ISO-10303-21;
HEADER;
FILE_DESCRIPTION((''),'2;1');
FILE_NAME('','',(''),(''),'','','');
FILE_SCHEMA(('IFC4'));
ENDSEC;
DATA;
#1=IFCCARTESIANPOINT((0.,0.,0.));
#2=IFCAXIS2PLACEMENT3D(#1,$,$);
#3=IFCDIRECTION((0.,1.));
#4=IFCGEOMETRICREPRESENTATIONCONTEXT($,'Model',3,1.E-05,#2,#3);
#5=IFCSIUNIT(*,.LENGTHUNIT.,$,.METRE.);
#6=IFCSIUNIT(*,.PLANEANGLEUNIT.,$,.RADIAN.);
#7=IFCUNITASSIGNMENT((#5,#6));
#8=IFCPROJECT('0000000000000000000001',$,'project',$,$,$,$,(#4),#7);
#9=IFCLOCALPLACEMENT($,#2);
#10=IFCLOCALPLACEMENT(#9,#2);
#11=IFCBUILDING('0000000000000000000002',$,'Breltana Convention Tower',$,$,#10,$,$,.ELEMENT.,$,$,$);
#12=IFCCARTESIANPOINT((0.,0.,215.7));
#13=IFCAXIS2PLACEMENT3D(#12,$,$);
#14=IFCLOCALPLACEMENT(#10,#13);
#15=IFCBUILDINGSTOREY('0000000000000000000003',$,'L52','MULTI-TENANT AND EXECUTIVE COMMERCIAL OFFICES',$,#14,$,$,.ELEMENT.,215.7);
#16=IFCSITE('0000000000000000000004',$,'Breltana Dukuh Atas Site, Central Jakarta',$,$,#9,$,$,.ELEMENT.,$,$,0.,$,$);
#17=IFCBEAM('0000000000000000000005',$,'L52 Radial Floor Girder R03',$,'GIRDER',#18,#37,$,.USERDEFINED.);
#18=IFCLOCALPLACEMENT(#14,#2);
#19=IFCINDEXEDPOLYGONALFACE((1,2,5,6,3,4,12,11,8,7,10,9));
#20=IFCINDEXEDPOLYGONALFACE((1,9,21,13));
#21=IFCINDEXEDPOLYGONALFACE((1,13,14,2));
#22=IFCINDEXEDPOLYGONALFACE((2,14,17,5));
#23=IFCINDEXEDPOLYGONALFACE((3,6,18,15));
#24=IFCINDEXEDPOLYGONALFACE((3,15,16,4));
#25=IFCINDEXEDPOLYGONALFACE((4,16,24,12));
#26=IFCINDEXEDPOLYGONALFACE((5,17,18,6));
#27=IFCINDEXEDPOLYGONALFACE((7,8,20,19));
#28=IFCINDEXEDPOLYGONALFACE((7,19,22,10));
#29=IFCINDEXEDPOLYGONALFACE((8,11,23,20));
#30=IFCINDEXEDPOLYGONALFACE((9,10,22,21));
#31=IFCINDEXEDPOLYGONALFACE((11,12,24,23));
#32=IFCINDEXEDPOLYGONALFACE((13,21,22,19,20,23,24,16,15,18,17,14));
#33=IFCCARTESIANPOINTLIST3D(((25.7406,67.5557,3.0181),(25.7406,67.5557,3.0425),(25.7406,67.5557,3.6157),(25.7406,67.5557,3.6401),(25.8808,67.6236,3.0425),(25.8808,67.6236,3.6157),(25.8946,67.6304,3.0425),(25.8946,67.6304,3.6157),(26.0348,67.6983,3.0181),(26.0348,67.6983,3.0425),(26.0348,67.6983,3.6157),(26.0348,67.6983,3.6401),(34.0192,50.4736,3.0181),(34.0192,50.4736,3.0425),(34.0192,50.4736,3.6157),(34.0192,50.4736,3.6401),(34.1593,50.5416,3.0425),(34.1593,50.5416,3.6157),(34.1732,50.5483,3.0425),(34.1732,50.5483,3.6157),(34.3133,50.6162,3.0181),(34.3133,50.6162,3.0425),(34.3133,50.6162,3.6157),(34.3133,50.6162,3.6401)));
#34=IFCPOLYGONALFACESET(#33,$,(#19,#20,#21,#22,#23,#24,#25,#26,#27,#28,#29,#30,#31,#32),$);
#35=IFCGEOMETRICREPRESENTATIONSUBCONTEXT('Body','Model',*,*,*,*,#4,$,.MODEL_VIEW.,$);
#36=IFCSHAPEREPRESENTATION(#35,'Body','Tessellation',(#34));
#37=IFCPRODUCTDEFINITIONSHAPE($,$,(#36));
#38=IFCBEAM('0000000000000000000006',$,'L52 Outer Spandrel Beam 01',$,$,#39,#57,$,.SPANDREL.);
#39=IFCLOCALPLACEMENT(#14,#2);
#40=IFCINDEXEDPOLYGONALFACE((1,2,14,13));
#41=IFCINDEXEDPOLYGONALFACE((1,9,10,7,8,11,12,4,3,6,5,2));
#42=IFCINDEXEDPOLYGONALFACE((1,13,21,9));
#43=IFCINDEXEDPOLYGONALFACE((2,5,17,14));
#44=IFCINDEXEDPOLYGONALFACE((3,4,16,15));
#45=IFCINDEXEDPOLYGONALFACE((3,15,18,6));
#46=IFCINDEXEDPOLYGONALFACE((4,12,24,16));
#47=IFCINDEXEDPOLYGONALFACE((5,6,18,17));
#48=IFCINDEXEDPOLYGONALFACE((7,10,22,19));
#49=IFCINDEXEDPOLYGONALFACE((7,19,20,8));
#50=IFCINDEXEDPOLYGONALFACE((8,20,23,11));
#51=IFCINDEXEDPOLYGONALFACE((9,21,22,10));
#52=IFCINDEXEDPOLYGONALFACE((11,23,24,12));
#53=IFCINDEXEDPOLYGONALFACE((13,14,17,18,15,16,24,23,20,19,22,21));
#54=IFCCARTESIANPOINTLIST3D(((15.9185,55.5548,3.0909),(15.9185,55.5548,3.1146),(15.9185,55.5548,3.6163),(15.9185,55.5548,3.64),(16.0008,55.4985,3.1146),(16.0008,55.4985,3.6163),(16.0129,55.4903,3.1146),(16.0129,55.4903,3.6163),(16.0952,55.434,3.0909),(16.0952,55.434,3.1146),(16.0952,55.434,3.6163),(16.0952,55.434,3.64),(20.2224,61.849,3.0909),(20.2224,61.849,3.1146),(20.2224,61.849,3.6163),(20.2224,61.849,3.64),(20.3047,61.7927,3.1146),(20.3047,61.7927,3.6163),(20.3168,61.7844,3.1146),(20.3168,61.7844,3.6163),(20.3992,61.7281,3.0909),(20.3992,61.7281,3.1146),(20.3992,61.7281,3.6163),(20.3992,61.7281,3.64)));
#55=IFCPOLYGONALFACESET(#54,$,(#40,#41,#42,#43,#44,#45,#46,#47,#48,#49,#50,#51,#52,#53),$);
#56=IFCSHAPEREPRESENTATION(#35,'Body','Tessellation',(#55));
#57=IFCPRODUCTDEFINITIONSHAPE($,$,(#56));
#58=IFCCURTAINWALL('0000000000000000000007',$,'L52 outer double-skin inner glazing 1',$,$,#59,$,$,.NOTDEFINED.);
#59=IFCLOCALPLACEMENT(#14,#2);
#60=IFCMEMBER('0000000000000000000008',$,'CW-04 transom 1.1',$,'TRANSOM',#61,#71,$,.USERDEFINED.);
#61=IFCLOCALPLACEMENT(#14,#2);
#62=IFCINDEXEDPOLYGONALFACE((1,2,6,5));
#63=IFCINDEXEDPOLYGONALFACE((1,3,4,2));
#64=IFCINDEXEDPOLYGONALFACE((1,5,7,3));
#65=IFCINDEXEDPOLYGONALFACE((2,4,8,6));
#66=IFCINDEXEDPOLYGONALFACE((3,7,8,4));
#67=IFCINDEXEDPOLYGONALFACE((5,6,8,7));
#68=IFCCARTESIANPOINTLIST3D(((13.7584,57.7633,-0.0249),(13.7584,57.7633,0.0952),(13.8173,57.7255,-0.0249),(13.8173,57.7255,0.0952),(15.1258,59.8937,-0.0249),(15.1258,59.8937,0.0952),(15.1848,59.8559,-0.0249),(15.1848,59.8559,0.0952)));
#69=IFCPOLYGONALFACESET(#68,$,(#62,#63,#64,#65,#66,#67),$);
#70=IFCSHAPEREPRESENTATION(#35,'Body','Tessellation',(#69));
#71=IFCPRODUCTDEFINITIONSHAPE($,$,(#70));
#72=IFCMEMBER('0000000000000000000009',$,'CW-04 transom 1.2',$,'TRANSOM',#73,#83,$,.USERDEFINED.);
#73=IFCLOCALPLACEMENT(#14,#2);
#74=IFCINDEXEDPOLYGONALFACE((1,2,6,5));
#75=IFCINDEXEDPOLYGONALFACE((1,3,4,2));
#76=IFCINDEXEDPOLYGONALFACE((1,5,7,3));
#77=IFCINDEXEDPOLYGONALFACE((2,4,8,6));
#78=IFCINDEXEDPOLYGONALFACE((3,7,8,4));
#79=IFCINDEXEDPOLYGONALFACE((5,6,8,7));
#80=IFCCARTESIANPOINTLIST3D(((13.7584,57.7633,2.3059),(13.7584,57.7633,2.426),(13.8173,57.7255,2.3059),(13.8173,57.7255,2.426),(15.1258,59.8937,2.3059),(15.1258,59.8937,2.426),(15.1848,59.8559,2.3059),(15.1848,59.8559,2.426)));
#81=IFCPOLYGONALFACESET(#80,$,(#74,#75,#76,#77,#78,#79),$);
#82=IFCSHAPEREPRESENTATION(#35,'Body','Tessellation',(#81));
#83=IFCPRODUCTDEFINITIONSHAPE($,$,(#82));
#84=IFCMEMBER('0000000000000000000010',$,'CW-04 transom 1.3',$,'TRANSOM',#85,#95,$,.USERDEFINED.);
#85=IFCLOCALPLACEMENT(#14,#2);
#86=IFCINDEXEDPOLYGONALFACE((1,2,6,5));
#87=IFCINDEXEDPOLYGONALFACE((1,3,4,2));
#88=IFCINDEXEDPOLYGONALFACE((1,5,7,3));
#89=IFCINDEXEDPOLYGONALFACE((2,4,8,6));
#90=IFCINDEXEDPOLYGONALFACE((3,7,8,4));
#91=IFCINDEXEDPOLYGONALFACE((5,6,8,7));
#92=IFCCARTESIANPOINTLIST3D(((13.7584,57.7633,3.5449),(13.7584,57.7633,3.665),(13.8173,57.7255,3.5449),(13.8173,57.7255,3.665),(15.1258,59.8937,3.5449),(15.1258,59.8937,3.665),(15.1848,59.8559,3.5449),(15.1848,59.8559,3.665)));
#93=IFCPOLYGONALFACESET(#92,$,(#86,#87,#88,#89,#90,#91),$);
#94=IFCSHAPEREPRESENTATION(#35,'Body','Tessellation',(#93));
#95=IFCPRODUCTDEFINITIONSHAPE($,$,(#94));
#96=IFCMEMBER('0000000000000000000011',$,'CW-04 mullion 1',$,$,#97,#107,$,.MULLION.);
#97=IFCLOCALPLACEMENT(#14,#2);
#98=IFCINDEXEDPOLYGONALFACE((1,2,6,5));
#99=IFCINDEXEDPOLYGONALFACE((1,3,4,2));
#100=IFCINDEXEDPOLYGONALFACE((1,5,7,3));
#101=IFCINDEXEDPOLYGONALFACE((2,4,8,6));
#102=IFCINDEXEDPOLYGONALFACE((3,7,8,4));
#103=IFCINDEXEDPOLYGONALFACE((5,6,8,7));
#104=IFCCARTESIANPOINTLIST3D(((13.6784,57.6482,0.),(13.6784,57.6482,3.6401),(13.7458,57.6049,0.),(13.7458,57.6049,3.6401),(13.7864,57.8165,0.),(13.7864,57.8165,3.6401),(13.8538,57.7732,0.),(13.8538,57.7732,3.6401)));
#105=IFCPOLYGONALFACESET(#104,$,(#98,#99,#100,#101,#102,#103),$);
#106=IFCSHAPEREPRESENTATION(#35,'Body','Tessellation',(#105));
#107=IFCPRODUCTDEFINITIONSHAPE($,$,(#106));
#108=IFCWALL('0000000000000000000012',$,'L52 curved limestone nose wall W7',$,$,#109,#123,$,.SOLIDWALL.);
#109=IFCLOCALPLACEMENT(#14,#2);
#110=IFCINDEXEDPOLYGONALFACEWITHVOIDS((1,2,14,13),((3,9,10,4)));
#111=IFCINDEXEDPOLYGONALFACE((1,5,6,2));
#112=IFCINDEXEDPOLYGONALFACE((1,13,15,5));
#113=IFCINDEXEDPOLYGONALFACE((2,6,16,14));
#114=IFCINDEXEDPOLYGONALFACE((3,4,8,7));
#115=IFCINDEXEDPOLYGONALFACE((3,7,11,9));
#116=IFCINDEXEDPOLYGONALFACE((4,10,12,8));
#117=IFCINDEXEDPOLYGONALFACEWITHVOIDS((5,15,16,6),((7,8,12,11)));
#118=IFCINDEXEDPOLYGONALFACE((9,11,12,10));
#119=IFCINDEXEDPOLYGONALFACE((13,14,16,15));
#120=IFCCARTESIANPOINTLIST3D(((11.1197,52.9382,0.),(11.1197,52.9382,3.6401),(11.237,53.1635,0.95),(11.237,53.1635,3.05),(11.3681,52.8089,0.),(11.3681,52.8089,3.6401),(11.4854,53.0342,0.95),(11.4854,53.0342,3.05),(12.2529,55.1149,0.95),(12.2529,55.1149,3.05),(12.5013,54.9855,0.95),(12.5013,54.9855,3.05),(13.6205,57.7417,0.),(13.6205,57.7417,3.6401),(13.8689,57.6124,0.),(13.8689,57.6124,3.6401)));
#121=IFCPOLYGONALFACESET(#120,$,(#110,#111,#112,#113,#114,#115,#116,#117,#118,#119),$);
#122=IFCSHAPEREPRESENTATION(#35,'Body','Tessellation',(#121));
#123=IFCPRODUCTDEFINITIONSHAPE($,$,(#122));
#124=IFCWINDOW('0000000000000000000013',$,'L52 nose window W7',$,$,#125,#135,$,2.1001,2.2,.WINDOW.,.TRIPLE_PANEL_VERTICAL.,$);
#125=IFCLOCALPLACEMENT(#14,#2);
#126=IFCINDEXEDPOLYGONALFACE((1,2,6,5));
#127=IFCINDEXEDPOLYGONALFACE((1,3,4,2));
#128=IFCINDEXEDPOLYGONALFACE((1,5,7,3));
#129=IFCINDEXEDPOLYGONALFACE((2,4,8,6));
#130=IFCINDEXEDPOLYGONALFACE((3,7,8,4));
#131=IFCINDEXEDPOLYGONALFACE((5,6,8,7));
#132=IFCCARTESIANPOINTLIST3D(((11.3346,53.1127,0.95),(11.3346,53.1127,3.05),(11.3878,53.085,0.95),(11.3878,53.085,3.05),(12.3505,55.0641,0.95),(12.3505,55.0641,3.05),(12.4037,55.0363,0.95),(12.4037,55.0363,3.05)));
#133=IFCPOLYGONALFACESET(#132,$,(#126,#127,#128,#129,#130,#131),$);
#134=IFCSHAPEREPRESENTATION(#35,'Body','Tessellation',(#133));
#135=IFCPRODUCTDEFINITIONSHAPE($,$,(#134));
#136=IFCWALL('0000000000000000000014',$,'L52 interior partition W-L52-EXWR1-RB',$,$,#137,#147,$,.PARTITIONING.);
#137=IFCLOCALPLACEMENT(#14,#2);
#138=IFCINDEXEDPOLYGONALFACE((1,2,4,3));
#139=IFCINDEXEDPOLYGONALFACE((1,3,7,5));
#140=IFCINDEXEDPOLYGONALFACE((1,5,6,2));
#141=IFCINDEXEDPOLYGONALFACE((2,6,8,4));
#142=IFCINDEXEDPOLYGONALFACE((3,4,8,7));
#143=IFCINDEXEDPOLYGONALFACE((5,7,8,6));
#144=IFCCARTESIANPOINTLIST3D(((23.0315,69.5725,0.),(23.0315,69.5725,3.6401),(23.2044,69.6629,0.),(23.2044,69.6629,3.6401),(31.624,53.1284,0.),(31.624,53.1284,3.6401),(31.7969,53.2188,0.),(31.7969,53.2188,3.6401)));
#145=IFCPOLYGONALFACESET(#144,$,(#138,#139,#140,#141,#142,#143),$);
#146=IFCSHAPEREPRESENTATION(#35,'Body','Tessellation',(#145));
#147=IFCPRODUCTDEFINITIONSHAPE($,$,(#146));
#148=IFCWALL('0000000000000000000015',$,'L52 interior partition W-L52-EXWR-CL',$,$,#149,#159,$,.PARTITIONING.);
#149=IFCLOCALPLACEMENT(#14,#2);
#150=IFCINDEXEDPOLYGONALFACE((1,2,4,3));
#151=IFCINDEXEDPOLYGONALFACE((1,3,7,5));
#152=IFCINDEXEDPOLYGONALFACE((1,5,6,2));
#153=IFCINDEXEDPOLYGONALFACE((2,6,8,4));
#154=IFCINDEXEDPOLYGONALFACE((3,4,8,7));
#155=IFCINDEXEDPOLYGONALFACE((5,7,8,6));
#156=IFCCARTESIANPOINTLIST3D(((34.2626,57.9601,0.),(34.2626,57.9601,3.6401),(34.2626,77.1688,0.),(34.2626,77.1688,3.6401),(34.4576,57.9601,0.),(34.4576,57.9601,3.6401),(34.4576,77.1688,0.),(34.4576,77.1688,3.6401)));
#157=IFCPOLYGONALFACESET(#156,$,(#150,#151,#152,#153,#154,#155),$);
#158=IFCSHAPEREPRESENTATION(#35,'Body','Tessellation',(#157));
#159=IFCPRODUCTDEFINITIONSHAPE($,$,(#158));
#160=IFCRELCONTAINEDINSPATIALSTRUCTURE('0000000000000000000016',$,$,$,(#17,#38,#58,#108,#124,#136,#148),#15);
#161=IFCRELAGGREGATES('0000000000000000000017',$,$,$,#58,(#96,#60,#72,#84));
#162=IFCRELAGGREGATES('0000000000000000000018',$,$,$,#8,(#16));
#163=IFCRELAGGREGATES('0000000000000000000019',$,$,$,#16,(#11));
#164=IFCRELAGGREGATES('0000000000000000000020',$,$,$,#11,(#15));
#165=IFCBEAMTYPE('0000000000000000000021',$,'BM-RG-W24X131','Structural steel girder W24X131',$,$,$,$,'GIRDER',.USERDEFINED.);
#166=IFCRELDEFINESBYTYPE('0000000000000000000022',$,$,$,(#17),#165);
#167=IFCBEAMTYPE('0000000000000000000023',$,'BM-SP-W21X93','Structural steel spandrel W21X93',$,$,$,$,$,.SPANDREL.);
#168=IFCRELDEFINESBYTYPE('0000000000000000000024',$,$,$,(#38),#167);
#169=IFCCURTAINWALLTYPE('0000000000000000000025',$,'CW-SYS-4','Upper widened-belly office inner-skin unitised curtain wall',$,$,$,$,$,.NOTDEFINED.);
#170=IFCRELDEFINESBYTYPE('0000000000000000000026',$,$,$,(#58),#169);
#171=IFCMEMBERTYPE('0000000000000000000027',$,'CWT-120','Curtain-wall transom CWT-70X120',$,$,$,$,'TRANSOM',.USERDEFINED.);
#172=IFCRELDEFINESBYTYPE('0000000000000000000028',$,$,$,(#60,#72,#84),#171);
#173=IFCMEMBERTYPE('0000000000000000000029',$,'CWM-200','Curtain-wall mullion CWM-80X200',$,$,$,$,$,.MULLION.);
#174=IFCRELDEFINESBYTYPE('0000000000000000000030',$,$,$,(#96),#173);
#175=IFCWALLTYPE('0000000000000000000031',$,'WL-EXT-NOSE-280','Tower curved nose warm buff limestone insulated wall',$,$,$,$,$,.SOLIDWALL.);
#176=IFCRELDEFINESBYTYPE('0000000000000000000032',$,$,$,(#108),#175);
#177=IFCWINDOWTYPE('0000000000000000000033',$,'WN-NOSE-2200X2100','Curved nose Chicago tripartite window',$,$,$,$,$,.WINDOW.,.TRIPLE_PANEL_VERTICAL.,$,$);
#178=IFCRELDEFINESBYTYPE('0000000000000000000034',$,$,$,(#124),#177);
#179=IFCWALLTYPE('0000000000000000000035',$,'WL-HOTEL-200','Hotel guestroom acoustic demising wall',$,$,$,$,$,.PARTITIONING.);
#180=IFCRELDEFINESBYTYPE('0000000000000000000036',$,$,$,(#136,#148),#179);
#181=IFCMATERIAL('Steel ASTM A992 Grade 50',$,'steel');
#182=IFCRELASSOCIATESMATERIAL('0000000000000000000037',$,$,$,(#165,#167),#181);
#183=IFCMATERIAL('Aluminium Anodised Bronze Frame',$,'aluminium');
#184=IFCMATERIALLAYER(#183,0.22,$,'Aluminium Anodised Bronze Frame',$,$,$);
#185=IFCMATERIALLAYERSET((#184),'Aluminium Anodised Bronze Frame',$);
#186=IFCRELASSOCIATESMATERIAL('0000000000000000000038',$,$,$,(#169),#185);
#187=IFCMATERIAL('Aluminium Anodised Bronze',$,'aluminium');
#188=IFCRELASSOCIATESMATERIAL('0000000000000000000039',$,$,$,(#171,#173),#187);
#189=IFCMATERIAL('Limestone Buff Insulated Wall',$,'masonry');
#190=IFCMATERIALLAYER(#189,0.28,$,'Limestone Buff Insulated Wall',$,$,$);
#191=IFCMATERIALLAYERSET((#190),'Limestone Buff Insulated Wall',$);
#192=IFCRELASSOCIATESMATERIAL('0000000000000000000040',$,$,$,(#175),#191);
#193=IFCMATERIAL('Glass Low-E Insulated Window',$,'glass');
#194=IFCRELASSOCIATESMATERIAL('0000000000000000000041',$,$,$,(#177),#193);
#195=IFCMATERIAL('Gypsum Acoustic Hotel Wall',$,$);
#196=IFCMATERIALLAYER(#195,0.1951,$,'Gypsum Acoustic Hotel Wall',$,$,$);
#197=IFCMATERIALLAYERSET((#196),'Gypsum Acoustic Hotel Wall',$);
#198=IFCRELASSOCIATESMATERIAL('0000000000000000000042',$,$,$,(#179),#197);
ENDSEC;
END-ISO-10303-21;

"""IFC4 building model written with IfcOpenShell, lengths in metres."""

from ifc_helpers import new_model, si_unit, direction, frame, frame_2d, origin, origin_2d, place, context, subcontext, project, spatial, rectangle, i_section, extrude, source, transform, mapped, material, layer, layer_set, material_profile, profile_set, type_object, type_shapes, element, fill, aggregate, save


model = new_model("IFC4")

# Units and contexts
model_context = context("Model", 3, precision=1e-05, world=origin(), true_north=direction((0.0, 1.0)))
body_context = subcontext(model_context, "Body", "Model", "MODEL_VIEW")
ifc_project = project(units=[si_unit("LENGTHUNIT", "METRE"), si_unit("PLANEANGLEUNIT", "RADIAN")], contexts=[model_context])

# Site, building, storey
site_placement = place(None, origin())
site = spatial("IfcSite", under=ifc_project, at=site_placement, Name="Breltana Dukuh Atas Site, Central Jakarta", CompositionType="ELEMENT", RefElevation=0.0)
building_placement = place(site_placement, origin())
building = spatial("IfcBuilding", under=site, at=building_placement, Name="Breltana Convention Tower", CompositionType="ELEMENT")
storey_placement = place(building_placement, frame((0.0, 0.0, 215.7)))
storey = spatial("IfcBuildingStorey", under=building, at=storey_placement, Name="L52", Description="MULTI-TENANT AND EXECUTIVE COMMERCIAL OFFICES", CompositionType="ELEMENT", Elevation=215.7)

# Shared definitions
ifc_material_1 = material(Name="Steel ASTM A992 Grade 50", Category="steel")

# Beams
ifc_material_profile_1 = material_profile(ifc_material_1, i_section(OverallWidth=0.3269, OverallDepth=0.6221, WebThickness=0.0154, FlangeThickness=0.0244, at=origin_2d()), Name="W24X131")
ifc_profile_set_1 = profile_set([ifc_material_profile_1], Name="Steel ASTM A992 Grade 50")
beam_type_1 = type_object("IfcBeamType", Name="BM-RG-W24X131", Description="Structural steel girder W24X131", ElementType="GIRDER", PredefinedType="USERDEFINED", material=ifc_profile_set_1)
shared_shape_1 = source(origin(), body_context, "Body", "SweptSolid", [
    extrude(i_section(OverallWidth=0.3269, OverallDepth=0.6221, WebThickness=0.0154, FlangeThickness=0.0244, at=origin_2d()), origin(), (0.0, 0.0, 1.0), 18.9824),
])
beam_1_placement = place(storey_placement, frame((34.1663, 50.5449, 3.3291), z_axis=(-0.436119, 0.899889, 0.0), x_axis=(-0.899889, -0.436119, 0.0)))
element("IfcBeam", 1, at=beam_1_placement, inside=storey, type_object=beam_type_1, Name="L52 Radial Floor Girder R03", ObjectType="GIRDER", PredefinedType="USERDEFINED", context=body_context, shape_type="MappedRepresentation", body=[
    mapped(shared_shape_1, transform((0.0, 0.0, 0.0), scale=1.0)),
])
ifc_material_profile_2 = material_profile(ifc_material_1, i_section(OverallWidth=0.2141, OverallDepth=0.5491, WebThickness=0.0146, FlangeThickness=0.0237, at=origin_2d()), Name="W21X93")
ifc_profile_set_2 = profile_set([ifc_material_profile_2], Name="Steel ASTM A992 Grade 50")
beam_type_2 = type_object("IfcBeamType", Name="BM-SP-W21X93", Description="Structural steel spandrel W21X93", PredefinedType="SPANDREL", material=ifc_profile_set_2)
shared_shape_2 = source(origin(), body_context, "Body", "SweptSolid", [
    extrude(i_section(OverallWidth=0.2141, OverallDepth=0.5491, WebThickness=0.0146, FlangeThickness=0.0237, at=origin_2d()), origin(), (0.0, 0.0, 1.0), 7.625),
])
type_shapes(beam_type_2, [shared_shape_2])
beam_2_placement = place(storey_placement, frame((16.0068, 55.4944, 3.3655), z_axis=(0.564452, 0.825466, 0.0), x_axis=(-0.825466, 0.564452, 0.0)))
element("IfcBeam", 2, at=beam_2_placement, inside=storey, type_object=beam_type_2, Name="L52 Outer Spandrel Beam 01", PredefinedType="SPANDREL", context=body_context, shape_type="MappedRepresentation", body=[
    mapped(shared_shape_2, transform((0.0, 0.0, 0.0), scale=1.0)),
])

# Curtain wall, members
ifc_material_2 = material(Name="Aluminium Anodised Bronze Frame", Category="aluminium")
ifc_layer_1 = layer(ifc_material_2, 0.22, Name="Aluminium Anodised Bronze Frame")
ifc_layer_set_1 = layer_set([ifc_layer_1], Name="Aluminium Anodised Bronze Frame")
curtain_wall_type = type_object("IfcCurtainWallType", Name="CW-SYS-4", Description="Upper widened-belly office inner-skin unitised curtain wall", PredefinedType="NOTDEFINED", material=ifc_layer_set_1)
curtain_wall_placement = place(storey_placement, origin())
curtain_wall = element("IfcCurtainWall", 3, at=curtain_wall_placement, inside=storey, type_object=curtain_wall_type, Name="L52 outer double-skin inner glazing 1", PredefinedType="NOTDEFINED")
ifc_material_3 = material(Name="Aluminium Anodised Bronze", Category="aluminium")
ifc_material_profile_3 = material_profile(ifc_material_3, rectangle(XDim=0.0701, YDim=0.1201, at=origin_2d()), Name="CWT-70X120")
ifc_profile_set_3 = profile_set([ifc_material_profile_3], Name="Aluminium Anodised Bronze")
member_type_1 = type_object("IfcMemberType", Name="CWT-120", Description="Curtain-wall transom CWT-70X120", ElementType="TRANSOM", PredefinedType="USERDEFINED", material=ifc_profile_set_3)
shared_shape_3 = source(origin(), body_context, "Body", "SweptSolid", [
    extrude(rectangle(XDim=0.0701, YDim=0.1201, at=origin_2d()), origin(), (0.0, 0.0, 1.0), 2.5315),
])
member_1_placement = place(storey_placement, frame((13.7878, 57.7444, 0.0352), z_axis=(0.540173, 0.841554, 0.0), x_axis=(-0.841554, 0.540173, 0.0)))
member_1 = element("IfcMember", 4, at=member_1_placement, type_object=member_type_1, Name="CW-04 transom 1.1", ObjectType="TRANSOM", PredefinedType="USERDEFINED", context=body_context, shape_type="MappedRepresentation", body=[
    mapped(shared_shape_3, transform((0.0, 0.0, 0.0), scale=1.0)),
])
member_2_placement = place(storey_placement, frame((13.7878, 57.7444, 2.366), z_axis=(0.540173, 0.841554, 0.0), x_axis=(-0.841554, 0.540173, 0.0)))
member_2 = element("IfcMember", 5, at=member_2_placement, type_object=member_type_1, Name="CW-04 transom 1.2", ObjectType="TRANSOM", PredefinedType="USERDEFINED", context=body_context, shape_type="MappedRepresentation", body=[
    mapped(shared_shape_3, transform((0.0, 0.0, 0.0), scale=1.0)),
])
member_3_placement = place(storey_placement, frame((13.7878, 57.7444, 3.605), z_axis=(0.540173, 0.841554, 0.0), x_axis=(-0.841554, 0.540173, 0.0)))
member_3 = element("IfcMember", 6, at=member_3_placement, type_object=member_type_1, Name="CW-04 transom 1.3", ObjectType="TRANSOM", PredefinedType="USERDEFINED", context=body_context, shape_type="MappedRepresentation", body=[
    mapped(shared_shape_3, transform((0.0, 0.0, 0.0), scale=1.0)),
])
ifc_material_profile_4 = material_profile(ifc_material_3, rectangle(XDim=0.0801, YDim=0.2, at=origin_2d()), Name="CWM-80X200")
ifc_profile_set_4 = profile_set([ifc_material_profile_4], Name="Aluminium Anodised Bronze")
member_type_2 = type_object("IfcMemberType", Name="CWM-200", Description="Curtain-wall mullion CWM-80X200", PredefinedType="MULLION", material=ifc_profile_set_4)
shared_shape_4 = source(origin(), body_context, "Body", "SweptSolid", [
    extrude(rectangle(XDim=0.0801, YDim=0.2, at=origin_2d()), origin(), (0.0, 0.0, 1.0), 3.6401),
])
member_4_placement = place(storey_placement, frame((13.7661, 57.7107, 0.0), z_axis=(0.0, 0.0, 1.0), x_axis=(-0.841548, 0.540182, 0.0)))
member_4 = element("IfcMember", 7, at=member_4_placement, type_object=member_type_2, Name="CW-04 mullion 1", PredefinedType="MULLION", context=body_context, shape_type="MappedRepresentation", body=[
    mapped(shared_shape_4, transform((0.0, 0.0, 0.0), scale=1.0)),
])
aggregate(curtain_wall, [member_4, member_1, member_2, member_3])

# Wall, opening, window
ifc_material_4 = material(Name="Limestone Buff Insulated Wall", Category="masonry")
ifc_layer_2 = layer(ifc_material_4, 0.28, Name="Limestone Buff Insulated Wall")
ifc_layer_set_2 = layer_set([ifc_layer_2], Name="Limestone Buff Insulated Wall")
wall_type_1 = type_object("IfcWallType", Name="WL-EXT-NOSE-280", Description="Tower curved nose warm buff limestone insulated wall", PredefinedType="SOLIDWALL", material=ifc_layer_set_2)
shared_shape_5 = source(origin(), body_context, "Body", "SweptSolid", [
    extrude(rectangle(XDim=5.4155, YDim=0.28, at=frame_2d((2.7078, 0.0))), origin(), (0.0, 0.0, 1.0), 3.6401),
])
wall_1_placement = place(storey_placement, frame((11.2439, 52.8735, 0.0), z_axis=(0.0, 0.0, 1.0), x_axis=(0.461779, 0.886995, 0.0)))
wall_1 = element("IfcWall", 8, at=wall_1_placement, inside=storey, type_object=wall_type_1, Name="L52 curved limestone nose wall W7", PredefinedType="SOLIDWALL", context=body_context, shape_type="MappedRepresentation", body=[
    mapped(shared_shape_5, transform((0.0, 0.0, 0.0), scale=1.0)),
])
opening_1_placement = place(wall_1_placement, frame((0.2539, 0.0, 0.95)))
opening_1 = element("IfcOpeningElement", 9, at=opening_1_placement, cuts=wall_1, PredefinedType="OPENING", context=body_context, shape_type="SweptSolid", body=[
    extrude(rectangle(XDim=2.2, YDim=2.1001, at=frame_2d((1.1001, 1.05))), frame((0.0, 0.1499, 0.0), z_axis=(0.0, -1.0, 0.0), x_axis=(1.0, 0.0, 0.0)), (0.0, 0.0, 1.0), 0.3),
])
ifc_material_5 = material(Name="Glass Low-E Insulated Window", Category="glass")
window_type = type_object("IfcWindowType", Name="WN-NOSE-2200X2100", Description="Curved nose Chicago tripartite window", PartitioningType="TRIPLE_PANEL_VERTICAL", PredefinedType="WINDOW", material=ifc_material_5)
shared_shape_6 = source(origin(), body_context, "Body", "SweptSolid", [
    extrude(rectangle(XDim=2.2, YDim=2.1001, at=frame_2d((1.1001, 1.05))), frame((0.0, 0.03, 0.0), z_axis=(0.0, -1.0, 0.0), x_axis=(1.0, 0.0, 0.0)), (0.0, 0.0, 1.0), 0.0601),
])
type_shapes(window_type, [shared_shape_6])
window_placement = place(opening_1_placement, origin())
window = element("IfcWindow", 10, at=window_placement, inside=storey, type_object=window_type, Name="L52 nose window W7", OverallHeight=2.1001, OverallWidth=2.2, PartitioningType="TRIPLE_PANEL_VERTICAL", PredefinedType="WINDOW", context=body_context, shape_type="MappedRepresentation", body=[
    mapped(shared_shape_6, transform((0.0, 0.0, 0.0), scale=1.0)),
])
fill(opening_1, window)

# Wall
ifc_material_6 = material(Name="Gypsum Acoustic Hotel Wall")
ifc_layer_3 = layer(ifc_material_6, 0.1951, Name="Gypsum Acoustic Hotel Wall")
ifc_layer_set_3 = layer_set([ifc_layer_3], Name="Gypsum Acoustic Hotel Wall")
wall_type_2 = type_object("IfcWallType", Name="WL-HOTEL-200", Description="Hotel guestroom acoustic demising wall", PredefinedType="PARTITIONING", material=ifc_layer_set_3)
shared_shape_7 = source(origin(), body_context, "Body", "SweptSolid", [
    extrude(rectangle(XDim=18.5537, YDim=0.1951, at=frame_2d((9.2769, 0.0))), origin(), (0.0, 0.0, 1.0), 3.6401),
])
wall_2_placement = place(storey_placement, frame((31.7104, 53.1736, 0.0), z_axis=(0.0, 0.0, 1.0), x_axis=(-0.463117, 0.886297, 0.0)))
element("IfcWall", 11, at=wall_2_placement, inside=storey, type_object=wall_type_2, Name="L52 interior partition W-L52-EXWR1-RB", PredefinedType="PARTITIONING", context=body_context, shape_type="MappedRepresentation", body=[
    mapped(shared_shape_7, transform((0.0, 0.0, 0.0), scale=1.0)),
])

# Wall
shared_shape_8 = source(origin(), body_context, "Body", "SweptSolid", [
    extrude(rectangle(XDim=19.2087, YDim=0.1951, at=frame_2d((9.6045, 0.0))), origin(), (0.0, 0.0, 1.0), 3.6401),
])
wall_3_placement = place(storey_placement, frame((34.3601, 57.96, 0.0), z_axis=(0.0, 0.0, 1.0), x_axis=(0.0, 1.0, 0.0)))
element("IfcWall", 12, at=wall_3_placement, inside=storey, type_object=wall_type_2, Name="L52 interior partition W-L52-EXWR-CL", PredefinedType="PARTITIONING", context=body_context, shape_type="MappedRepresentation", body=[
    mapped(shared_shape_8, transform((0.0, 0.0, 0.0), scale=1.0)),
])

save(model, "model.ifc")
